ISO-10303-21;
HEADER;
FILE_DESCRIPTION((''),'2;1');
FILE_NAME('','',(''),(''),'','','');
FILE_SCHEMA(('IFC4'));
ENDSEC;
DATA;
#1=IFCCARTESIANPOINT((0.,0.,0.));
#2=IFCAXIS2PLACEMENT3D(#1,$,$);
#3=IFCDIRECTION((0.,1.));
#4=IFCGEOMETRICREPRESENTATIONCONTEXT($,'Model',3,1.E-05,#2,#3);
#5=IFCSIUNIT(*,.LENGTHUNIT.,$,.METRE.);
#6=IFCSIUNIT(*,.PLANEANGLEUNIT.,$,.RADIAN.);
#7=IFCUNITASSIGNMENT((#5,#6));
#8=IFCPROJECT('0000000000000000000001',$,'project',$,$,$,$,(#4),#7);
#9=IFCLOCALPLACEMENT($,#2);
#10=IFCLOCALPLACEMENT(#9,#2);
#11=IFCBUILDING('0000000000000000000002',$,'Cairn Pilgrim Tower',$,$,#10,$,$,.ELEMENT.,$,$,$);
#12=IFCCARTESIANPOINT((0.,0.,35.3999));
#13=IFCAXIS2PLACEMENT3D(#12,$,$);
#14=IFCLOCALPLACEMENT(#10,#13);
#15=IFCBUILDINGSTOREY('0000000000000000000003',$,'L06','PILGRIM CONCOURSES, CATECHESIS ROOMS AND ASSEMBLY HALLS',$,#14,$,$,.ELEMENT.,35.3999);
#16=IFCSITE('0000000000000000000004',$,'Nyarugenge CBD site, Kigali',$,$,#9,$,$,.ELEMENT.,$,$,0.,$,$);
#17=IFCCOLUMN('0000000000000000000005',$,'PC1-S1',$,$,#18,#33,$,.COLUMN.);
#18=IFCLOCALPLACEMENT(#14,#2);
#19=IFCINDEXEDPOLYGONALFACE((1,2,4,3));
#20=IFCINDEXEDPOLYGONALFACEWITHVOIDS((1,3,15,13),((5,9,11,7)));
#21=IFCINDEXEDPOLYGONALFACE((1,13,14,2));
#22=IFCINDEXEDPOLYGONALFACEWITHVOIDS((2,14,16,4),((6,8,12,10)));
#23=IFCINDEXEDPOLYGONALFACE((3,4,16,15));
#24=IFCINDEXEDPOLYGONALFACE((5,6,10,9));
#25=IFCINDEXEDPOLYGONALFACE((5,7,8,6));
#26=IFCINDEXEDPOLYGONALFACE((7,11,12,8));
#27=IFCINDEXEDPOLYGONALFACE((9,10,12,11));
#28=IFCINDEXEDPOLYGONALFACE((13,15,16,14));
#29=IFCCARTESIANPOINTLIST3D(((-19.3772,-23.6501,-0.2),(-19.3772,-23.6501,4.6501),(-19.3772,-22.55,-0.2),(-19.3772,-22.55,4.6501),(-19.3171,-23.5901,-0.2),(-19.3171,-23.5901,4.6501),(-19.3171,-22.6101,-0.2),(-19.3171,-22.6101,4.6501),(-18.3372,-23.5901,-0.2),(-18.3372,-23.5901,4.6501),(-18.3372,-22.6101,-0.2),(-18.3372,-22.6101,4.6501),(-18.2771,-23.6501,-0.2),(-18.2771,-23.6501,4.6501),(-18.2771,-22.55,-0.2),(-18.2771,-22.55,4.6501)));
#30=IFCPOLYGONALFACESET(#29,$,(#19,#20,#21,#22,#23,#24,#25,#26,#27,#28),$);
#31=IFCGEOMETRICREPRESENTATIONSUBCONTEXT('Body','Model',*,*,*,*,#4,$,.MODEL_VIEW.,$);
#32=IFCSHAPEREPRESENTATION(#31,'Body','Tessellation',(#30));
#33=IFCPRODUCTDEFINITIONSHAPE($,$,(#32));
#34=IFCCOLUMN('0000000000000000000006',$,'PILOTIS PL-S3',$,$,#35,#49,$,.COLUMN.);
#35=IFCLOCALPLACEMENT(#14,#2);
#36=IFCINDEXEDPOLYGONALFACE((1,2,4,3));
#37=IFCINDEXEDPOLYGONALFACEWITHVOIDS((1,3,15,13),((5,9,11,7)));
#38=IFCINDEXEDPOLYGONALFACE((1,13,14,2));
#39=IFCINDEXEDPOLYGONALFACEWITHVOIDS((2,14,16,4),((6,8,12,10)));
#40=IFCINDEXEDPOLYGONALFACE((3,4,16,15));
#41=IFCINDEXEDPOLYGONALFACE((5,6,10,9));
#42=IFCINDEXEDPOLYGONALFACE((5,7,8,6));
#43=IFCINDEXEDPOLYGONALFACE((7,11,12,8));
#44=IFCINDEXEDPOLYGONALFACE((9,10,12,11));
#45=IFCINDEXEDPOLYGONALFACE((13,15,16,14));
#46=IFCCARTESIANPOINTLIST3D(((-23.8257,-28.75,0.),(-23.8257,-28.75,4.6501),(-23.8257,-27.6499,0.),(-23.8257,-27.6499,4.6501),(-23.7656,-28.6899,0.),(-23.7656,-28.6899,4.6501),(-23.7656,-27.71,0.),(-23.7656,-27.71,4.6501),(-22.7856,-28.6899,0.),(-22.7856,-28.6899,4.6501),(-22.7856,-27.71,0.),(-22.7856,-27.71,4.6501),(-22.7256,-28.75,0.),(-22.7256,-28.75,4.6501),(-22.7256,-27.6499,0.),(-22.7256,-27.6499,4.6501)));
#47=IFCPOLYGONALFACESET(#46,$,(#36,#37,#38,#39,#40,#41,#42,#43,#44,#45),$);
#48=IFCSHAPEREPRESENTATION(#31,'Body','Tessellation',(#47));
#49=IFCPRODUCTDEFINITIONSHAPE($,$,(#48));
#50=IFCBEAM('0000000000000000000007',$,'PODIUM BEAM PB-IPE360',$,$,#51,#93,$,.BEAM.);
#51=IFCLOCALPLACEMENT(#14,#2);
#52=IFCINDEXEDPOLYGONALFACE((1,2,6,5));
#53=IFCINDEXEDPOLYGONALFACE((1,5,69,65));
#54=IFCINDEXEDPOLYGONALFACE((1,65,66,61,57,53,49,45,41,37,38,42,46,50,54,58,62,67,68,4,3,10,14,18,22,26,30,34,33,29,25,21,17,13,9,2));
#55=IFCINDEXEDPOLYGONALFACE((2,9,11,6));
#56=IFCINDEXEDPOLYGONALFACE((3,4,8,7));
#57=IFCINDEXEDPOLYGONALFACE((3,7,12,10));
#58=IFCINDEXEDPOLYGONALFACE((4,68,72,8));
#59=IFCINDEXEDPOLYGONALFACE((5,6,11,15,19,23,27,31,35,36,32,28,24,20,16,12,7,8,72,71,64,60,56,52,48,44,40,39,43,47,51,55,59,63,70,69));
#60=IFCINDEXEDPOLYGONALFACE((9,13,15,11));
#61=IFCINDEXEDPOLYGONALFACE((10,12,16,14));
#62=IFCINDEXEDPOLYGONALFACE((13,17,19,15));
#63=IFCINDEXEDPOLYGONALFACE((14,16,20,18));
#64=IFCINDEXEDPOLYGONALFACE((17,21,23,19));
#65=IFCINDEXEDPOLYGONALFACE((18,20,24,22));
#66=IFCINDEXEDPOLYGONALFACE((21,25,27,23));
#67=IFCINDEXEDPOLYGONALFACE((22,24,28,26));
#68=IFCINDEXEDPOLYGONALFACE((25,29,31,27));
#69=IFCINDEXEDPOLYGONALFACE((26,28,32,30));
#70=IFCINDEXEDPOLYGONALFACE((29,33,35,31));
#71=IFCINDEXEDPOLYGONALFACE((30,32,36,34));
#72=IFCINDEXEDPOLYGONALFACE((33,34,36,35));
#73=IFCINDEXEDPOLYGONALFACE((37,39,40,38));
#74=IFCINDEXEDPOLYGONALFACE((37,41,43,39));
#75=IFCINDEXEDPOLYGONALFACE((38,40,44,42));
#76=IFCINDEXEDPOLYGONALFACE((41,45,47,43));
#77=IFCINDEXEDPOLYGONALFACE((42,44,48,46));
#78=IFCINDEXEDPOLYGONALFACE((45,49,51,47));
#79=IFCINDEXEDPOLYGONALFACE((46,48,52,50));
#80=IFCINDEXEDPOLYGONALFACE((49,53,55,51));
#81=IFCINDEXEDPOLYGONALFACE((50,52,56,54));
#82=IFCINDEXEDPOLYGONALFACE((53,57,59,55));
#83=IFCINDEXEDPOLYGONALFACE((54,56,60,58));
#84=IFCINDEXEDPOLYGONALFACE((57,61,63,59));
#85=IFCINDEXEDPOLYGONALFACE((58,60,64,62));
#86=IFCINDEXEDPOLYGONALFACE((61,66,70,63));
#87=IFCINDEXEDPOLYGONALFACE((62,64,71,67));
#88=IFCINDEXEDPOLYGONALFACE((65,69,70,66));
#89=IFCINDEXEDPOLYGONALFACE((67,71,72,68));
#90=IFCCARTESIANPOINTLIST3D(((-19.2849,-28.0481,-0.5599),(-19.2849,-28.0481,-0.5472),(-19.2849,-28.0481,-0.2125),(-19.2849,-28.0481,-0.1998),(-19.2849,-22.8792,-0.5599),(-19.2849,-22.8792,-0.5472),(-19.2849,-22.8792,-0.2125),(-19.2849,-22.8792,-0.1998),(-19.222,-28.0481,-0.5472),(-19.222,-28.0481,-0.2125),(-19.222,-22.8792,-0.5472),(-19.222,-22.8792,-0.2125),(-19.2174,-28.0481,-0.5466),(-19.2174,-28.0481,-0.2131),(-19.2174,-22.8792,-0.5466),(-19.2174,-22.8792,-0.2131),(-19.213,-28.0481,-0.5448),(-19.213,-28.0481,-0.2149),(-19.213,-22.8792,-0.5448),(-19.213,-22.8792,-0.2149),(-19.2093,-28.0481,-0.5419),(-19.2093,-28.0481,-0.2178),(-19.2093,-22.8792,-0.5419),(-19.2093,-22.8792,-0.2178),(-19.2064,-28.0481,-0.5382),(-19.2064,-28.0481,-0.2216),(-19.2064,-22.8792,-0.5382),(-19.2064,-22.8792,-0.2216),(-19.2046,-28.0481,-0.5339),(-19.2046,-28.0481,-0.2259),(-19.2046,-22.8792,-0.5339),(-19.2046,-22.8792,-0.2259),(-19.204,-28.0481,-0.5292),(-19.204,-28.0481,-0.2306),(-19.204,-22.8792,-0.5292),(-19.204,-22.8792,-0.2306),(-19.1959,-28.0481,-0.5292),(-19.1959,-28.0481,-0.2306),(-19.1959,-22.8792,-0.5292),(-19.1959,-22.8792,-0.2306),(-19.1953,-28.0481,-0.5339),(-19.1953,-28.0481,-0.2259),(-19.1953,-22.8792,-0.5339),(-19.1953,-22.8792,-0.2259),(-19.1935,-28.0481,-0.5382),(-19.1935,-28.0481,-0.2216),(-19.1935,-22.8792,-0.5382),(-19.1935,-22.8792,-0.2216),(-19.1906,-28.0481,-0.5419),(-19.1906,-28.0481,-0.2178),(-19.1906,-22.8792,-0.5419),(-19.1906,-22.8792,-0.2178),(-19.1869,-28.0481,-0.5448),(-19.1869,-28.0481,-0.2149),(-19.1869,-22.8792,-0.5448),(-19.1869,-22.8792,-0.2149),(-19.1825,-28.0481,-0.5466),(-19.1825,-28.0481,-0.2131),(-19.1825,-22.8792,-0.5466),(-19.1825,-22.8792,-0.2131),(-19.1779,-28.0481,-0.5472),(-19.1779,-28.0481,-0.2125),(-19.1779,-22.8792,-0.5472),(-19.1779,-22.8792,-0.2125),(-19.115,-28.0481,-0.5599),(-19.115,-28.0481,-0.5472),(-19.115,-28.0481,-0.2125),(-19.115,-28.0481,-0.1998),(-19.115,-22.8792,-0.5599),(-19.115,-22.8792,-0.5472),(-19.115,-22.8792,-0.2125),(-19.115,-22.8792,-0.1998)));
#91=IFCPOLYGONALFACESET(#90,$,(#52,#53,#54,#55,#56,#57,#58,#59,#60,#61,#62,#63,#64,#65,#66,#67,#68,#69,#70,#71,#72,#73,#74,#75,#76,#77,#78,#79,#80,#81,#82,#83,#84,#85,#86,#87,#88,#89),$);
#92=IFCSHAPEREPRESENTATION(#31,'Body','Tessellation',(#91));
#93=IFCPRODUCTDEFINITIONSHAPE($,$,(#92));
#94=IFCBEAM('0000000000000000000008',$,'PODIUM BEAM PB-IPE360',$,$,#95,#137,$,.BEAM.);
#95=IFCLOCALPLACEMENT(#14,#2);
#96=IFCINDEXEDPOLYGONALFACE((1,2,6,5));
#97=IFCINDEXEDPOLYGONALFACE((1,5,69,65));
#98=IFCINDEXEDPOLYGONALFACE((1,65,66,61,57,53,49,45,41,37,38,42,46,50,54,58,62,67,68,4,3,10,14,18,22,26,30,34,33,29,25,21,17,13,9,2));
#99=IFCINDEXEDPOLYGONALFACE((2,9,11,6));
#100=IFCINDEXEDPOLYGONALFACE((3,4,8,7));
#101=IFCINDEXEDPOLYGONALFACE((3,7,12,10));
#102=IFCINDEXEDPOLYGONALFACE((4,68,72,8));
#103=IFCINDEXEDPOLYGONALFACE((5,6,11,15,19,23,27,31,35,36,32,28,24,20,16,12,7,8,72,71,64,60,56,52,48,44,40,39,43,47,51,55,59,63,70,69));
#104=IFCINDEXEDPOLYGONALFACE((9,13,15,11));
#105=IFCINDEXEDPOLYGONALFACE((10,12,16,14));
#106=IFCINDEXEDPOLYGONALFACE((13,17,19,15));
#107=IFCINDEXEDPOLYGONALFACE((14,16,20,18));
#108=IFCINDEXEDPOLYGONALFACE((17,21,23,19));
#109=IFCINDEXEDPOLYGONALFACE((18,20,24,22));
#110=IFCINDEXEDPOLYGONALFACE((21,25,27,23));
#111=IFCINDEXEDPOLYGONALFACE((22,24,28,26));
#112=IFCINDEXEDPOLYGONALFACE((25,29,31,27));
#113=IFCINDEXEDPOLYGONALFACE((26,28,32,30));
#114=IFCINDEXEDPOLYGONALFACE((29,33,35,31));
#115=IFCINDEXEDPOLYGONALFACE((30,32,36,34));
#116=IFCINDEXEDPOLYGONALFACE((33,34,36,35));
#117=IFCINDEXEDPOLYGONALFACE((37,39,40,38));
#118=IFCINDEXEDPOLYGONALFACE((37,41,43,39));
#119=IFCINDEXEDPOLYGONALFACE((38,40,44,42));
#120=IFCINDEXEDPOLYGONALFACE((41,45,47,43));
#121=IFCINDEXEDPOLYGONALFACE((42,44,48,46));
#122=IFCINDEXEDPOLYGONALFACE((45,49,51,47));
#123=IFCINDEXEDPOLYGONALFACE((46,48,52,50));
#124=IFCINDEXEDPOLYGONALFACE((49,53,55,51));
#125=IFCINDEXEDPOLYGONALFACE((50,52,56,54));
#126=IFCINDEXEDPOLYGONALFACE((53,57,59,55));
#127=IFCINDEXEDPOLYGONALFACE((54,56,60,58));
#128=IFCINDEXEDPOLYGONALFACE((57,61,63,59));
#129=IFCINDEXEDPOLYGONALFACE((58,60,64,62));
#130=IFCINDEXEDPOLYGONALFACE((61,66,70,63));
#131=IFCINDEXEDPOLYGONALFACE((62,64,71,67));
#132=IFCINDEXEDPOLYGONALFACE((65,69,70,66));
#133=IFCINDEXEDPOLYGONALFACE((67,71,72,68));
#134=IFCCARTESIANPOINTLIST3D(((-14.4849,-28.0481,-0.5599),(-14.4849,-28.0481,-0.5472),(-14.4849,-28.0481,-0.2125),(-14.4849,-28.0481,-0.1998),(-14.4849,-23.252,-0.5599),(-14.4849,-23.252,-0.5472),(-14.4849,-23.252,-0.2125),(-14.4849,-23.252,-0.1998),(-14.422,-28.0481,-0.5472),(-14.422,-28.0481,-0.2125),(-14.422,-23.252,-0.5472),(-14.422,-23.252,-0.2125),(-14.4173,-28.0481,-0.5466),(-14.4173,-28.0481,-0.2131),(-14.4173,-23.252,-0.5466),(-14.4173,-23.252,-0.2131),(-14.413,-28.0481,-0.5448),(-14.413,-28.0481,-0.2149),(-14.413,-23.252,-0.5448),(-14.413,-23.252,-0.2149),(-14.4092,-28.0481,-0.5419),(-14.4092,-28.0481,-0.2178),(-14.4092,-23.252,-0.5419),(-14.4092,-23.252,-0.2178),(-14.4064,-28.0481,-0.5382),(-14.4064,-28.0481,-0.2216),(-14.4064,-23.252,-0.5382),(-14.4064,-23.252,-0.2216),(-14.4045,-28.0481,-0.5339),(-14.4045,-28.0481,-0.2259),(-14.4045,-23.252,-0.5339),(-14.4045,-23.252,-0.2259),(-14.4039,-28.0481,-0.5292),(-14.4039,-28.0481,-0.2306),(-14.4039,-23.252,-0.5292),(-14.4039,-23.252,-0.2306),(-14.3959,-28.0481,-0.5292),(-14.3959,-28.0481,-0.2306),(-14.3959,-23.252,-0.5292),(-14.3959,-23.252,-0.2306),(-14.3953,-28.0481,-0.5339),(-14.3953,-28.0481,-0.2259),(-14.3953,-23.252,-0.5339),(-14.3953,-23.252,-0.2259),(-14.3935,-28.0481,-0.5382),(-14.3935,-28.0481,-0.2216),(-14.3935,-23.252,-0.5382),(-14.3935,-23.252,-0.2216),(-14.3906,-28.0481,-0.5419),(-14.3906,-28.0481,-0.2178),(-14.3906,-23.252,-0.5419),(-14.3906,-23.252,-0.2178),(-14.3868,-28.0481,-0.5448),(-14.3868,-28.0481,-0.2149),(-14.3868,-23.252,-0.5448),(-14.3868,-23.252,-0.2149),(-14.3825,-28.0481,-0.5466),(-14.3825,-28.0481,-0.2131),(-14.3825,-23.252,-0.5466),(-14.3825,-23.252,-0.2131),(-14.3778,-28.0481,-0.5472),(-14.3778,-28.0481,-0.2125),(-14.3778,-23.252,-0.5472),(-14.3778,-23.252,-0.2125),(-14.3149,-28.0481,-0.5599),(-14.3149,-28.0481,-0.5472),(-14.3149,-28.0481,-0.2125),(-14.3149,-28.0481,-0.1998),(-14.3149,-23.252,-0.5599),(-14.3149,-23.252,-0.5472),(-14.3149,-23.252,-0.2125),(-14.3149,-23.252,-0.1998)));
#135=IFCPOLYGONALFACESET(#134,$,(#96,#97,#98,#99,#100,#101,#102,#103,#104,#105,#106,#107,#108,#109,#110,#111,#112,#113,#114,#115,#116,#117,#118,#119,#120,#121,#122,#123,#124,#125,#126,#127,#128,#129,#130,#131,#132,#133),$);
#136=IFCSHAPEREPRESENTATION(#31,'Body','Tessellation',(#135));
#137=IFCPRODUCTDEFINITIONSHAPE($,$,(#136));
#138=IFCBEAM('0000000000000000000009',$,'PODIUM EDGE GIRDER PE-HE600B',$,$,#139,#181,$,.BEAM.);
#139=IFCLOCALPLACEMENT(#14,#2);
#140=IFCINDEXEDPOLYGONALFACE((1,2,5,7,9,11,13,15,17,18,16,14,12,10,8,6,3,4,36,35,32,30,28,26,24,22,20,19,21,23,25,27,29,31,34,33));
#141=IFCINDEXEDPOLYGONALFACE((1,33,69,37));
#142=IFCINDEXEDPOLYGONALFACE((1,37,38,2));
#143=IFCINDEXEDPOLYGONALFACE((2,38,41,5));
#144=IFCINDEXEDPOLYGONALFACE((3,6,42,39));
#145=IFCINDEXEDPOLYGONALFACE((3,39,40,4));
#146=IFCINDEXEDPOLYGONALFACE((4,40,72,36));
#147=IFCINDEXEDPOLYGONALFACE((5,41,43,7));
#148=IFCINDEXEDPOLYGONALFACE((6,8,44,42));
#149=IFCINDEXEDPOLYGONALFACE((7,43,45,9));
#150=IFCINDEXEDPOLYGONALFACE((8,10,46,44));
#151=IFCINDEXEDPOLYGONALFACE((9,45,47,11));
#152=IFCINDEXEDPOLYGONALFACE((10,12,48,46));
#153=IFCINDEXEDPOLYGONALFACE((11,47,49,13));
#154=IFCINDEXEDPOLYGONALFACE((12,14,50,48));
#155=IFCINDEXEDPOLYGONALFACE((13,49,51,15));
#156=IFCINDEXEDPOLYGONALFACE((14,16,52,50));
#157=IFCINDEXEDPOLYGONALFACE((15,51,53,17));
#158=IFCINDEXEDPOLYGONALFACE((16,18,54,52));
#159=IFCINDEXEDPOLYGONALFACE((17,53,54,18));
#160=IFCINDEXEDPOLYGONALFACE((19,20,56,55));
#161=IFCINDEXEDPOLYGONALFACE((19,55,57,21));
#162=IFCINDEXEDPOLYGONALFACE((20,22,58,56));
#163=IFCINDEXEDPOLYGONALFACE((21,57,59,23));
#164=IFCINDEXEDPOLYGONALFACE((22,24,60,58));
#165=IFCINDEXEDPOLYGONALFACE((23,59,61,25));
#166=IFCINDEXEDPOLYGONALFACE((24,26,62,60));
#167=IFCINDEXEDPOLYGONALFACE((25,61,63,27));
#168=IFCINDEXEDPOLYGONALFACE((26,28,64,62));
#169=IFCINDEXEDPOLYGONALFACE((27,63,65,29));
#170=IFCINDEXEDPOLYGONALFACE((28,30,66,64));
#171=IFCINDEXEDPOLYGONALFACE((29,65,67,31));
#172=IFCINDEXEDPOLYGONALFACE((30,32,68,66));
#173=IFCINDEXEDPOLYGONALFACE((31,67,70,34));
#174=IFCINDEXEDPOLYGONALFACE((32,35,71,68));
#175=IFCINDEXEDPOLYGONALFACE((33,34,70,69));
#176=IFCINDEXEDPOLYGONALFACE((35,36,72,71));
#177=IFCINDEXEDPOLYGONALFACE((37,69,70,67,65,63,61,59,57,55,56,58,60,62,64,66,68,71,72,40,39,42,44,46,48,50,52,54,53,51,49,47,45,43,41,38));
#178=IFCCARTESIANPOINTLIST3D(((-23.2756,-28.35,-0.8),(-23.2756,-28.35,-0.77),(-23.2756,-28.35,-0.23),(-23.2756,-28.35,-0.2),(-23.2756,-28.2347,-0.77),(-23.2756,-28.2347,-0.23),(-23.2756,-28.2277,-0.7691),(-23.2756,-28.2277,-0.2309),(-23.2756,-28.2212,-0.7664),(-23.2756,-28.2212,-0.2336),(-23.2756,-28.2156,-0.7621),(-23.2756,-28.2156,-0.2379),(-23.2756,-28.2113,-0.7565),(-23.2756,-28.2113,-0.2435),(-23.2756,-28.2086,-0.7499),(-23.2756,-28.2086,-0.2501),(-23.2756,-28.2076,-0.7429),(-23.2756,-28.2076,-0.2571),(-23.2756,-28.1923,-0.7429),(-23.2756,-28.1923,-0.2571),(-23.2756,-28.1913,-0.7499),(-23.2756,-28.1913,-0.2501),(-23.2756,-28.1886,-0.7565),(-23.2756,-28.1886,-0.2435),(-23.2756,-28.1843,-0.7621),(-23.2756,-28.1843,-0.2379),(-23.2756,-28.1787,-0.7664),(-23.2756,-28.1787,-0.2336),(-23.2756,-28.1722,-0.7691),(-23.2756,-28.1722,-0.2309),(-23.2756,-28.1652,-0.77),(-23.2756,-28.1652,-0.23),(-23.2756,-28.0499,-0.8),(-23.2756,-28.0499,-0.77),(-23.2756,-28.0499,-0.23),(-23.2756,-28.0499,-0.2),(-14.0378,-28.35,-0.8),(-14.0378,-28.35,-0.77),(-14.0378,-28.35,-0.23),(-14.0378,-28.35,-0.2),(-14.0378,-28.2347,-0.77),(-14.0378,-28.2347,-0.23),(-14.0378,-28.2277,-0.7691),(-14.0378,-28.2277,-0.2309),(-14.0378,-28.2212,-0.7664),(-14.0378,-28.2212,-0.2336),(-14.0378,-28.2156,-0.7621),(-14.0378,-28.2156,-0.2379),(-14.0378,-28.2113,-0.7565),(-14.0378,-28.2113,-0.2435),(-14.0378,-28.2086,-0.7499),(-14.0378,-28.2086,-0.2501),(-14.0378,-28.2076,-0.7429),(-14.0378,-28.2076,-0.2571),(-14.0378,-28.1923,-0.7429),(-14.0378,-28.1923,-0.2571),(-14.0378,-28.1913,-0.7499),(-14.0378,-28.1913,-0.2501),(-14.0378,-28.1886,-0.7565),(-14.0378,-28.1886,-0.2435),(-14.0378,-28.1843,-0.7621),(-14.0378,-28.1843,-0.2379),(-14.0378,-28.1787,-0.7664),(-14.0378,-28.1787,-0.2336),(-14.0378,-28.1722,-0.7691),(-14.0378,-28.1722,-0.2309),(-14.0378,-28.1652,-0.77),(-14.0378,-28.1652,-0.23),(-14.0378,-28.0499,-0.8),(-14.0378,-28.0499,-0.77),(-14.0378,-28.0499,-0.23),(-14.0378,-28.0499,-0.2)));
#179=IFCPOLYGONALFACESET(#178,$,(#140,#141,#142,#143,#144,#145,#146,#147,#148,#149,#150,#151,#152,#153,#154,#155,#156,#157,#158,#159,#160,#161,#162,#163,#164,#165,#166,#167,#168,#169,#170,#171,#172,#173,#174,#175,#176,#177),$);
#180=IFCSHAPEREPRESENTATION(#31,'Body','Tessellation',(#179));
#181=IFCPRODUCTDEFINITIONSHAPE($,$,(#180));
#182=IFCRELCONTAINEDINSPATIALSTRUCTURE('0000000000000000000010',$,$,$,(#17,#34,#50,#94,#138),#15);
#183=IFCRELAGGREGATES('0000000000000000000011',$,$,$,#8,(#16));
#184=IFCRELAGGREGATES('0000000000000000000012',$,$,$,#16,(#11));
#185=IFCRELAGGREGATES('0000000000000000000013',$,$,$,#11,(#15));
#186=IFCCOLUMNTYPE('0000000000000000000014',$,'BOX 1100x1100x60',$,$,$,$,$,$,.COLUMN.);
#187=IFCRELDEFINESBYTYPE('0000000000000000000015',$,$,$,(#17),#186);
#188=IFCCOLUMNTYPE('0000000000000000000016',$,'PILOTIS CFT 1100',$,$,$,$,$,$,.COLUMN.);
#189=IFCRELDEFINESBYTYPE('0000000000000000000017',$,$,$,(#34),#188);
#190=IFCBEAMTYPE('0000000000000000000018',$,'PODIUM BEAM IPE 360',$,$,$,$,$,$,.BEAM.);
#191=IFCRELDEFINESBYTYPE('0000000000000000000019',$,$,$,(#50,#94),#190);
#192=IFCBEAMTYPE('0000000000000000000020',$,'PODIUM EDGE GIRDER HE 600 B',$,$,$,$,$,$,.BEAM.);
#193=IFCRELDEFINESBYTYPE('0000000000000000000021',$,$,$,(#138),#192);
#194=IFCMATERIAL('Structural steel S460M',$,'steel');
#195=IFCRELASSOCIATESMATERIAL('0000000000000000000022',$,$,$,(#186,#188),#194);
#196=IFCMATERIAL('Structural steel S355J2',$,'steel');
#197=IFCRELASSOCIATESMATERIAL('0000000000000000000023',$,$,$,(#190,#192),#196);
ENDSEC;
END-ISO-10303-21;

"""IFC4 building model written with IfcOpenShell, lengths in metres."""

from ifc_helpers import new_model, si_unit, direction, frame, origin, origin_2d, place, context, subcontext, project, spatial, hollow_rectangle, i_section, extrude, material, material_profile, profile_set, type_object, element, save


model = new_model("IFC4")

# Units and contexts
model_context = context("Model", 3, precision=1e-05, world=origin(), true_north=direction((0.0, 1.0)))
body_context = subcontext(model_context, "Body", "Model", "MODEL_VIEW")
ifc_project = project(units=[si_unit("LENGTHUNIT", "METRE"), si_unit("PLANEANGLEUNIT", "RADIAN")], contexts=[model_context])

# Site, building, storey
site_placement = place(None, origin())
site = spatial("IfcSite", under=ifc_project, at=site_placement, Name="Nyarugenge CBD site, Kigali", CompositionType="ELEMENT", RefElevation=0.0)
building_placement = place(site_placement, origin())
building = spatial("IfcBuilding", under=site, at=building_placement, Name="Cairn Pilgrim Tower", CompositionType="ELEMENT")
storey_placement = place(building_placement, frame((0.0, 0.0, 35.3999)))
storey = spatial("IfcBuildingStorey", under=building, at=storey_placement, Name="L06", Description="PILGRIM CONCOURSES, CATECHESIS ROOMS AND ASSEMBLY HALLS", CompositionType="ELEMENT", Elevation=35.3999)

# Columns
ifc_material_1 = material(Name="Structural steel S460M", Category="steel")
ifc_material_profile_1 = material_profile(ifc_material_1, hollow_rectangle(XDim=1.1001, YDim=1.1001, WallThickness=0.0601, at=origin_2d()), Name="BOX 1100x1100x60")
ifc_profile_set_1 = profile_set([ifc_material_profile_1], Name="Structural steel S460M")
column_type_1 = type_object("IfcColumnType", Name="BOX 1100x1100x60", PredefinedType="COLUMN", material=ifc_profile_set_1)
column_1_placement = place(storey_placement, frame((-18.8271, -23.1001, -0.2), z_axis=(0.0, 0.0, 1.0), x_axis=(1.0, 0.0, 0.0)))
element("IfcColumn", 1, at=column_1_placement, inside=storey, type_object=column_type_1, Name="PC1-S1", PredefinedType="COLUMN", context=body_context, shape_type="SweptSolid", body=[
    extrude(hollow_rectangle(XDim=1.1001, YDim=1.1001, WallThickness=0.0601, at=origin_2d()), origin(), (0.0, 0.0, 1.0), 4.8501),
])
ifc_material_profile_2 = material_profile(ifc_material_1, hollow_rectangle(XDim=1.1001, YDim=1.1001, WallThickness=0.0601, at=origin_2d()), Name="BOX 1100x1100x60")
ifc_profile_set_2 = profile_set([ifc_material_profile_2], Name="Structural steel S460M")
column_type_2 = type_object("IfcColumnType", Name="PILOTIS CFT 1100", PredefinedType="COLUMN", material=ifc_profile_set_2)
column_2_placement = place(storey_placement, frame((-23.2756, -28.2, 0.0), z_axis=(0.0, 0.0, 1.0), x_axis=(1.0, 0.0, 0.0)))
element("IfcColumn", 2, at=column_2_placement, inside=storey, type_object=column_type_2, Name="PILOTIS PL-S3", PredefinedType="COLUMN", context=body_context, shape_type="SweptSolid", body=[
    extrude(hollow_rectangle(XDim=1.1001, YDim=1.1001, WallThickness=0.0601, at=origin_2d()), origin(), (0.0, 0.0, 1.0), 4.6501),
])

# Beams
ifc_material_2 = material(Name="Structural steel S355J2", Category="steel")
ifc_material_profile_3 = material_profile(ifc_material_2, i_section(OverallWidth=0.1699, OverallDepth=0.3601, WebThickness=0.0081, FlangeThickness=0.0127, FilletRadius=0.0181, at=origin_2d()), Name="IPE 360")
ifc_profile_set_3 = profile_set([ifc_material_profile_3], Name="Structural steel S355J2")
beam_type_1 = type_object("IfcBeamType", Name="PODIUM BEAM IPE 360", PredefinedType="BEAM", material=ifc_profile_set_3)
beam_1_placement = place(storey_placement, frame((-19.2, -28.0481, -0.3799), z_axis=(0.0, 1.0, 0.0), x_axis=(-1.0, 0.0, 0.0)))
element("IfcBeam", 3, at=beam_1_placement, inside=storey, type_object=beam_type_1, Name="PODIUM BEAM PB-IPE360", PredefinedType="BEAM", context=body_context, shape_type="SweptSolid", body=[
    extrude(i_section(OverallWidth=0.1699, OverallDepth=0.3601, WebThickness=0.0081, FlangeThickness=0.0127, FilletRadius=0.0181, at=origin_2d()), origin(), (0.0, 0.0, 1.0), 5.1689),
])
beam_2_placement = place(storey_placement, frame((-14.3999, -28.0481, -0.3799), z_axis=(0.0, 1.0, 0.0), x_axis=(-1.0, 0.0, 0.0)))
element("IfcBeam", 4, at=beam_2_placement, inside=storey, type_object=beam_type_1, Name="PODIUM BEAM PB-IPE360", PredefinedType="BEAM", context=body_context, shape_type="SweptSolid", body=[
    extrude(i_section(OverallWidth=0.1699, OverallDepth=0.3601, WebThickness=0.0081, FlangeThickness=0.0127, FilletRadius=0.0181, at=origin_2d()), origin(), (0.0, 0.0, 1.0), 4.7961),
])
ifc_material_profile_4 = material_profile(ifc_material_2, i_section(OverallWidth=0.3, OverallDepth=0.6001, WebThickness=0.0154, FlangeThickness=0.03, FilletRadius=0.0271, at=origin_2d()), Name="HEB 600")
ifc_profile_set_4 = profile_set([ifc_material_profile_4], Name="Structural steel S355J2")
beam_type_2 = type_object("IfcBeamType", Name="PODIUM EDGE GIRDER HE 600 B", PredefinedType="BEAM", material=ifc_profile_set_4)
beam_3_placement = place(storey_placement, frame((-23.2756, -28.2, -0.5), z_axis=(1.0, 0.0, 0.0), x_axis=(0.0, 1.0, 0.0)))
element("IfcBeam", 5, at=beam_3_placement, inside=storey, type_object=beam_type_2, Name="PODIUM EDGE GIRDER PE-HE600B", PredefinedType="BEAM", context=body_context, shape_type="SweptSolid", body=[
    extrude(i_section(OverallWidth=0.3, OverallDepth=0.6001, WebThickness=0.0154, FlangeThickness=0.03, FilletRadius=0.0271, at=origin_2d()), origin(), (0.0, 0.0, 1.0), 9.2378),
])

save(model, "model.ifc")
